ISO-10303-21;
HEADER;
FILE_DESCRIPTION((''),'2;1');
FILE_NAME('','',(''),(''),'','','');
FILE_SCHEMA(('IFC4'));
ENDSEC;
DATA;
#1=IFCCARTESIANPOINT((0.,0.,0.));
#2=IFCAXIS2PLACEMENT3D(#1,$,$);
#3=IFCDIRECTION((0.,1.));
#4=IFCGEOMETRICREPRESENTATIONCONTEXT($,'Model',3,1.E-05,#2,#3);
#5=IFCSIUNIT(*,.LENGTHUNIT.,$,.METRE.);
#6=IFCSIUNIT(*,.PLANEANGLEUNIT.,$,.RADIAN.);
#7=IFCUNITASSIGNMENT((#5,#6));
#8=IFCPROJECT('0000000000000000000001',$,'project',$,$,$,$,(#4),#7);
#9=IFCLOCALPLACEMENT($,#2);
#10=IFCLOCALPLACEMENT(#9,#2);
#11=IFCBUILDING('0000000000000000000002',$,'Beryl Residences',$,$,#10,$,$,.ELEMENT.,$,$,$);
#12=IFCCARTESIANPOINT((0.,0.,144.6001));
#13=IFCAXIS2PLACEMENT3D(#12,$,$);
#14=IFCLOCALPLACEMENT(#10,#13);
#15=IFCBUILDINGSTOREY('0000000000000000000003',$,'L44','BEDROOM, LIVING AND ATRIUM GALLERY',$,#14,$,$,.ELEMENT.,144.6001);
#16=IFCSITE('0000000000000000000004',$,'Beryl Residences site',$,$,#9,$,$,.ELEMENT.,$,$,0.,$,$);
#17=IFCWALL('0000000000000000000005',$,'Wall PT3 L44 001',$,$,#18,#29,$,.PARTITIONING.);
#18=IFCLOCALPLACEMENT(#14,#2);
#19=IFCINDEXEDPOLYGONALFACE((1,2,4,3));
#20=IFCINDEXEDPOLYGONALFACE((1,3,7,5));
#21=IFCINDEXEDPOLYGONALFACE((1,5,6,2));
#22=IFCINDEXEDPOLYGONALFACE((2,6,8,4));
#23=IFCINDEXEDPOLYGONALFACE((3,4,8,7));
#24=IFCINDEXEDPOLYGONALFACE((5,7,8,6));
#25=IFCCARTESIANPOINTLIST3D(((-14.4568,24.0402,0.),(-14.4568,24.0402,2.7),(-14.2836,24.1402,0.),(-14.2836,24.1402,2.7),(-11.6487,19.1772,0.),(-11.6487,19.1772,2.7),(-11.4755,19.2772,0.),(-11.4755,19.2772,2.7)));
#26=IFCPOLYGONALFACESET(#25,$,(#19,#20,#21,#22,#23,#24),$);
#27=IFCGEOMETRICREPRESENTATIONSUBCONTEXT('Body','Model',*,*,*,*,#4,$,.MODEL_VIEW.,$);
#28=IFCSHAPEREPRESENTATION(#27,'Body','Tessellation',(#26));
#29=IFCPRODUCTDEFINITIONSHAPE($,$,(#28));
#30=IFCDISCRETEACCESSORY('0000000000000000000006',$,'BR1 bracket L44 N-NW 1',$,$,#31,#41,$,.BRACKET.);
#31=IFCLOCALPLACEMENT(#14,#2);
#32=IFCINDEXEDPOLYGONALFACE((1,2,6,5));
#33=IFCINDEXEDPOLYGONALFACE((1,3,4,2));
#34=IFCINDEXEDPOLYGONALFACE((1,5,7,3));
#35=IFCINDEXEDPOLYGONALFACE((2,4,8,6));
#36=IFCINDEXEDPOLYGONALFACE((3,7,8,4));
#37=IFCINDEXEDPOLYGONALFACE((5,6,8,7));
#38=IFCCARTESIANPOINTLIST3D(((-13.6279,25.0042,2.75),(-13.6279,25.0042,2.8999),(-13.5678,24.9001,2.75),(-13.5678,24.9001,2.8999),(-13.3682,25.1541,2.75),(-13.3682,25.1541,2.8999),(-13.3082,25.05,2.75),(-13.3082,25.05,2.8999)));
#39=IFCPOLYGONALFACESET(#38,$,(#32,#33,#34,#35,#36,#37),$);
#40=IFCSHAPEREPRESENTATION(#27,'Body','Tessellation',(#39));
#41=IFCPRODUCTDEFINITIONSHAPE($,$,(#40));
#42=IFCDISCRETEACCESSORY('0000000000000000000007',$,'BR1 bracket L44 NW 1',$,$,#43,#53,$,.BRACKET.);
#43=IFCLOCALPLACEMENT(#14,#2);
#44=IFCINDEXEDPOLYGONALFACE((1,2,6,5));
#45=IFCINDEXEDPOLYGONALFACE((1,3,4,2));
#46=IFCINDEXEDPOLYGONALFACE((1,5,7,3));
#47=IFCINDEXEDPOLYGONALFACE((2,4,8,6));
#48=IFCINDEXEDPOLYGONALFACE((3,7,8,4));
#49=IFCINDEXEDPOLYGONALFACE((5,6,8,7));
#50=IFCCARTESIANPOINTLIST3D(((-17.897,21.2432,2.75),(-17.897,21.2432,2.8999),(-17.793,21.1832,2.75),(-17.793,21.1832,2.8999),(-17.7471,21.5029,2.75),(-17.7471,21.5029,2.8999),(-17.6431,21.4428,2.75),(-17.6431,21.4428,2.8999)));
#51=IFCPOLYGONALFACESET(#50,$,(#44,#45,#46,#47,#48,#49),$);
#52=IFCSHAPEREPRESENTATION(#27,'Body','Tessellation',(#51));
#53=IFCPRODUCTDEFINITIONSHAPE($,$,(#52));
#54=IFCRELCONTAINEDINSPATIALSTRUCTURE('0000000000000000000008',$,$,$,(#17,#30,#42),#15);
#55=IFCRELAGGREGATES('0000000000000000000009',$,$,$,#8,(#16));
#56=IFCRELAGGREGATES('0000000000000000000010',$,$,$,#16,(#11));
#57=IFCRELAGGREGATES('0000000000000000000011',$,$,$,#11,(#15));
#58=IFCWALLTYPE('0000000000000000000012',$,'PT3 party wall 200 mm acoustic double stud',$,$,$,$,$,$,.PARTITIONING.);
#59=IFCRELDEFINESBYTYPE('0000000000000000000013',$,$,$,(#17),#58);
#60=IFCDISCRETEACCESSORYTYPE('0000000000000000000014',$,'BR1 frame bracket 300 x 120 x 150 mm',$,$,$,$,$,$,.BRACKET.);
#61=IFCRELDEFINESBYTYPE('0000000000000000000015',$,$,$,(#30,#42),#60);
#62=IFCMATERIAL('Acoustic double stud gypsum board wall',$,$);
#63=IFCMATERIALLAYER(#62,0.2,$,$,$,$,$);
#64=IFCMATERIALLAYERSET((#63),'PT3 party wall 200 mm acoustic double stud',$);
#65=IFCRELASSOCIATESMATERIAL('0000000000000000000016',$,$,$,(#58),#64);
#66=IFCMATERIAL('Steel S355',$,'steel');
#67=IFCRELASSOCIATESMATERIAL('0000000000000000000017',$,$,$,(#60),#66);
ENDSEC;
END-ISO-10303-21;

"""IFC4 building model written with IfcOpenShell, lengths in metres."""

from ifc_helpers import new_model, si_unit, direction, frame, frame_2d, origin, place, context, subcontext, project, spatial, polyline, rectangle, outline, extrude, source, transform, mapped, material, layer, layer_set, type_object, type_shapes, element, save


model = new_model("IFC4")

# Units and contexts
model_context = context("Model", 3, precision=1e-05, world=origin(), true_north=direction((0.0, 1.0)))
body_context = subcontext(model_context, "Body", "Model", "MODEL_VIEW")
ifc_project = project(units=[si_unit("LENGTHUNIT", "METRE"), si_unit("PLANEANGLEUNIT", "RADIAN")], contexts=[model_context])

# Site, building, storey
site_placement = place(None, origin())
site = spatial("IfcSite", under=ifc_project, at=site_placement, Name="Beryl Residences site", CompositionType="ELEMENT", RefElevation=0.0)
building_placement = place(site_placement, origin())
building = spatial("IfcBuilding", under=site, at=building_placement, Name="Beryl Residences", CompositionType="ELEMENT")
storey_placement = place(building_placement, frame((0.0, 0.0, 144.6001)))
storey = spatial("IfcBuildingStorey", under=building, at=storey_placement, Name="L44", Description="BEDROOM, LIVING AND ATRIUM GALLERY", CompositionType="ELEMENT", Elevation=144.6001)

# Wall
ifc_material_1 = material(Name="Acoustic double stud gypsum board wall")
ifc_layer_1 = layer(ifc_material_1, 0.2)
ifc_layer_set_1 = layer_set([ifc_layer_1], Name="PT3 party wall 200 mm acoustic double stud")
wall_type_1 = type_object("IfcWallType", Name="PT3 party wall 200 mm acoustic double stud", PredefinedType="PARTITIONING", material=ifc_layer_set_1)
wall_1_placement = place(storey_placement, frame((-14.3701, 24.0901, 0.0), z_axis=(0.0, 0.0, 1.0), x_axis=(0.500057, -0.865992, 0.0)))
element("IfcWall", 1, at=wall_1_placement, inside=storey, type_object=wall_type_1, Name="Wall PT3 L44 001", PredefinedType="PARTITIONING", context=body_context, shape_type="SweptSolid", body=[
    extrude(rectangle(XDim=5.6155, YDim=0.2, at=frame_2d((2.8076, 0.0))), origin(), (0.0, 0.0, 1.0), 2.7),
])

# Discrete accessories
ifc_material_2 = material(Name="Steel S355", Category="steel")
discrete_accessory_type = type_object("IfcDiscreteAccessoryType", Name="BR1 frame bracket 300 x 120 x 150 mm", PredefinedType="BRACKET", material=ifc_material_2)
shared_shape_1 = source(origin(), body_context, "Body", "SweptSolid", [
    extrude(outline(polyline([(-0.1499, 0.0), (0.1499, 0.0), (0.1499, 0.1201), (-0.1499, 0.1201), (-0.1499, 0.0)])), origin(), (0.0, 0.0, 1.0), 0.1499),
])
type_shapes(discrete_accessory_type, [shared_shape_1])
for number, where, z_axis, x_axis, name in (
    (2, (-13.438, 24.9751, 2.75), (0.0, 0.0, 1.0), (0.866025, 0.5, 0.0), "BR1 bracket L44 N-NW 1"),
    (3, (-17.718, 21.313, 2.75), (0.0, 0.0, 1.0), (0.5, 0.866025, 0.0), "BR1 bracket L44 NW 1"),
):
    element("IfcDiscreteAccessory", number, at=place(storey_placement, frame(where, z_axis=z_axis, x_axis=x_axis)), inside=storey, type_object=discrete_accessory_type, Name=name, PredefinedType="BRACKET", context=body_context, shape_type="MappedRepresentation", body=[
        mapped(shared_shape_1, transform((0.0, 0.0, 0.0))),
    ])

save(model, "model.ifc")
